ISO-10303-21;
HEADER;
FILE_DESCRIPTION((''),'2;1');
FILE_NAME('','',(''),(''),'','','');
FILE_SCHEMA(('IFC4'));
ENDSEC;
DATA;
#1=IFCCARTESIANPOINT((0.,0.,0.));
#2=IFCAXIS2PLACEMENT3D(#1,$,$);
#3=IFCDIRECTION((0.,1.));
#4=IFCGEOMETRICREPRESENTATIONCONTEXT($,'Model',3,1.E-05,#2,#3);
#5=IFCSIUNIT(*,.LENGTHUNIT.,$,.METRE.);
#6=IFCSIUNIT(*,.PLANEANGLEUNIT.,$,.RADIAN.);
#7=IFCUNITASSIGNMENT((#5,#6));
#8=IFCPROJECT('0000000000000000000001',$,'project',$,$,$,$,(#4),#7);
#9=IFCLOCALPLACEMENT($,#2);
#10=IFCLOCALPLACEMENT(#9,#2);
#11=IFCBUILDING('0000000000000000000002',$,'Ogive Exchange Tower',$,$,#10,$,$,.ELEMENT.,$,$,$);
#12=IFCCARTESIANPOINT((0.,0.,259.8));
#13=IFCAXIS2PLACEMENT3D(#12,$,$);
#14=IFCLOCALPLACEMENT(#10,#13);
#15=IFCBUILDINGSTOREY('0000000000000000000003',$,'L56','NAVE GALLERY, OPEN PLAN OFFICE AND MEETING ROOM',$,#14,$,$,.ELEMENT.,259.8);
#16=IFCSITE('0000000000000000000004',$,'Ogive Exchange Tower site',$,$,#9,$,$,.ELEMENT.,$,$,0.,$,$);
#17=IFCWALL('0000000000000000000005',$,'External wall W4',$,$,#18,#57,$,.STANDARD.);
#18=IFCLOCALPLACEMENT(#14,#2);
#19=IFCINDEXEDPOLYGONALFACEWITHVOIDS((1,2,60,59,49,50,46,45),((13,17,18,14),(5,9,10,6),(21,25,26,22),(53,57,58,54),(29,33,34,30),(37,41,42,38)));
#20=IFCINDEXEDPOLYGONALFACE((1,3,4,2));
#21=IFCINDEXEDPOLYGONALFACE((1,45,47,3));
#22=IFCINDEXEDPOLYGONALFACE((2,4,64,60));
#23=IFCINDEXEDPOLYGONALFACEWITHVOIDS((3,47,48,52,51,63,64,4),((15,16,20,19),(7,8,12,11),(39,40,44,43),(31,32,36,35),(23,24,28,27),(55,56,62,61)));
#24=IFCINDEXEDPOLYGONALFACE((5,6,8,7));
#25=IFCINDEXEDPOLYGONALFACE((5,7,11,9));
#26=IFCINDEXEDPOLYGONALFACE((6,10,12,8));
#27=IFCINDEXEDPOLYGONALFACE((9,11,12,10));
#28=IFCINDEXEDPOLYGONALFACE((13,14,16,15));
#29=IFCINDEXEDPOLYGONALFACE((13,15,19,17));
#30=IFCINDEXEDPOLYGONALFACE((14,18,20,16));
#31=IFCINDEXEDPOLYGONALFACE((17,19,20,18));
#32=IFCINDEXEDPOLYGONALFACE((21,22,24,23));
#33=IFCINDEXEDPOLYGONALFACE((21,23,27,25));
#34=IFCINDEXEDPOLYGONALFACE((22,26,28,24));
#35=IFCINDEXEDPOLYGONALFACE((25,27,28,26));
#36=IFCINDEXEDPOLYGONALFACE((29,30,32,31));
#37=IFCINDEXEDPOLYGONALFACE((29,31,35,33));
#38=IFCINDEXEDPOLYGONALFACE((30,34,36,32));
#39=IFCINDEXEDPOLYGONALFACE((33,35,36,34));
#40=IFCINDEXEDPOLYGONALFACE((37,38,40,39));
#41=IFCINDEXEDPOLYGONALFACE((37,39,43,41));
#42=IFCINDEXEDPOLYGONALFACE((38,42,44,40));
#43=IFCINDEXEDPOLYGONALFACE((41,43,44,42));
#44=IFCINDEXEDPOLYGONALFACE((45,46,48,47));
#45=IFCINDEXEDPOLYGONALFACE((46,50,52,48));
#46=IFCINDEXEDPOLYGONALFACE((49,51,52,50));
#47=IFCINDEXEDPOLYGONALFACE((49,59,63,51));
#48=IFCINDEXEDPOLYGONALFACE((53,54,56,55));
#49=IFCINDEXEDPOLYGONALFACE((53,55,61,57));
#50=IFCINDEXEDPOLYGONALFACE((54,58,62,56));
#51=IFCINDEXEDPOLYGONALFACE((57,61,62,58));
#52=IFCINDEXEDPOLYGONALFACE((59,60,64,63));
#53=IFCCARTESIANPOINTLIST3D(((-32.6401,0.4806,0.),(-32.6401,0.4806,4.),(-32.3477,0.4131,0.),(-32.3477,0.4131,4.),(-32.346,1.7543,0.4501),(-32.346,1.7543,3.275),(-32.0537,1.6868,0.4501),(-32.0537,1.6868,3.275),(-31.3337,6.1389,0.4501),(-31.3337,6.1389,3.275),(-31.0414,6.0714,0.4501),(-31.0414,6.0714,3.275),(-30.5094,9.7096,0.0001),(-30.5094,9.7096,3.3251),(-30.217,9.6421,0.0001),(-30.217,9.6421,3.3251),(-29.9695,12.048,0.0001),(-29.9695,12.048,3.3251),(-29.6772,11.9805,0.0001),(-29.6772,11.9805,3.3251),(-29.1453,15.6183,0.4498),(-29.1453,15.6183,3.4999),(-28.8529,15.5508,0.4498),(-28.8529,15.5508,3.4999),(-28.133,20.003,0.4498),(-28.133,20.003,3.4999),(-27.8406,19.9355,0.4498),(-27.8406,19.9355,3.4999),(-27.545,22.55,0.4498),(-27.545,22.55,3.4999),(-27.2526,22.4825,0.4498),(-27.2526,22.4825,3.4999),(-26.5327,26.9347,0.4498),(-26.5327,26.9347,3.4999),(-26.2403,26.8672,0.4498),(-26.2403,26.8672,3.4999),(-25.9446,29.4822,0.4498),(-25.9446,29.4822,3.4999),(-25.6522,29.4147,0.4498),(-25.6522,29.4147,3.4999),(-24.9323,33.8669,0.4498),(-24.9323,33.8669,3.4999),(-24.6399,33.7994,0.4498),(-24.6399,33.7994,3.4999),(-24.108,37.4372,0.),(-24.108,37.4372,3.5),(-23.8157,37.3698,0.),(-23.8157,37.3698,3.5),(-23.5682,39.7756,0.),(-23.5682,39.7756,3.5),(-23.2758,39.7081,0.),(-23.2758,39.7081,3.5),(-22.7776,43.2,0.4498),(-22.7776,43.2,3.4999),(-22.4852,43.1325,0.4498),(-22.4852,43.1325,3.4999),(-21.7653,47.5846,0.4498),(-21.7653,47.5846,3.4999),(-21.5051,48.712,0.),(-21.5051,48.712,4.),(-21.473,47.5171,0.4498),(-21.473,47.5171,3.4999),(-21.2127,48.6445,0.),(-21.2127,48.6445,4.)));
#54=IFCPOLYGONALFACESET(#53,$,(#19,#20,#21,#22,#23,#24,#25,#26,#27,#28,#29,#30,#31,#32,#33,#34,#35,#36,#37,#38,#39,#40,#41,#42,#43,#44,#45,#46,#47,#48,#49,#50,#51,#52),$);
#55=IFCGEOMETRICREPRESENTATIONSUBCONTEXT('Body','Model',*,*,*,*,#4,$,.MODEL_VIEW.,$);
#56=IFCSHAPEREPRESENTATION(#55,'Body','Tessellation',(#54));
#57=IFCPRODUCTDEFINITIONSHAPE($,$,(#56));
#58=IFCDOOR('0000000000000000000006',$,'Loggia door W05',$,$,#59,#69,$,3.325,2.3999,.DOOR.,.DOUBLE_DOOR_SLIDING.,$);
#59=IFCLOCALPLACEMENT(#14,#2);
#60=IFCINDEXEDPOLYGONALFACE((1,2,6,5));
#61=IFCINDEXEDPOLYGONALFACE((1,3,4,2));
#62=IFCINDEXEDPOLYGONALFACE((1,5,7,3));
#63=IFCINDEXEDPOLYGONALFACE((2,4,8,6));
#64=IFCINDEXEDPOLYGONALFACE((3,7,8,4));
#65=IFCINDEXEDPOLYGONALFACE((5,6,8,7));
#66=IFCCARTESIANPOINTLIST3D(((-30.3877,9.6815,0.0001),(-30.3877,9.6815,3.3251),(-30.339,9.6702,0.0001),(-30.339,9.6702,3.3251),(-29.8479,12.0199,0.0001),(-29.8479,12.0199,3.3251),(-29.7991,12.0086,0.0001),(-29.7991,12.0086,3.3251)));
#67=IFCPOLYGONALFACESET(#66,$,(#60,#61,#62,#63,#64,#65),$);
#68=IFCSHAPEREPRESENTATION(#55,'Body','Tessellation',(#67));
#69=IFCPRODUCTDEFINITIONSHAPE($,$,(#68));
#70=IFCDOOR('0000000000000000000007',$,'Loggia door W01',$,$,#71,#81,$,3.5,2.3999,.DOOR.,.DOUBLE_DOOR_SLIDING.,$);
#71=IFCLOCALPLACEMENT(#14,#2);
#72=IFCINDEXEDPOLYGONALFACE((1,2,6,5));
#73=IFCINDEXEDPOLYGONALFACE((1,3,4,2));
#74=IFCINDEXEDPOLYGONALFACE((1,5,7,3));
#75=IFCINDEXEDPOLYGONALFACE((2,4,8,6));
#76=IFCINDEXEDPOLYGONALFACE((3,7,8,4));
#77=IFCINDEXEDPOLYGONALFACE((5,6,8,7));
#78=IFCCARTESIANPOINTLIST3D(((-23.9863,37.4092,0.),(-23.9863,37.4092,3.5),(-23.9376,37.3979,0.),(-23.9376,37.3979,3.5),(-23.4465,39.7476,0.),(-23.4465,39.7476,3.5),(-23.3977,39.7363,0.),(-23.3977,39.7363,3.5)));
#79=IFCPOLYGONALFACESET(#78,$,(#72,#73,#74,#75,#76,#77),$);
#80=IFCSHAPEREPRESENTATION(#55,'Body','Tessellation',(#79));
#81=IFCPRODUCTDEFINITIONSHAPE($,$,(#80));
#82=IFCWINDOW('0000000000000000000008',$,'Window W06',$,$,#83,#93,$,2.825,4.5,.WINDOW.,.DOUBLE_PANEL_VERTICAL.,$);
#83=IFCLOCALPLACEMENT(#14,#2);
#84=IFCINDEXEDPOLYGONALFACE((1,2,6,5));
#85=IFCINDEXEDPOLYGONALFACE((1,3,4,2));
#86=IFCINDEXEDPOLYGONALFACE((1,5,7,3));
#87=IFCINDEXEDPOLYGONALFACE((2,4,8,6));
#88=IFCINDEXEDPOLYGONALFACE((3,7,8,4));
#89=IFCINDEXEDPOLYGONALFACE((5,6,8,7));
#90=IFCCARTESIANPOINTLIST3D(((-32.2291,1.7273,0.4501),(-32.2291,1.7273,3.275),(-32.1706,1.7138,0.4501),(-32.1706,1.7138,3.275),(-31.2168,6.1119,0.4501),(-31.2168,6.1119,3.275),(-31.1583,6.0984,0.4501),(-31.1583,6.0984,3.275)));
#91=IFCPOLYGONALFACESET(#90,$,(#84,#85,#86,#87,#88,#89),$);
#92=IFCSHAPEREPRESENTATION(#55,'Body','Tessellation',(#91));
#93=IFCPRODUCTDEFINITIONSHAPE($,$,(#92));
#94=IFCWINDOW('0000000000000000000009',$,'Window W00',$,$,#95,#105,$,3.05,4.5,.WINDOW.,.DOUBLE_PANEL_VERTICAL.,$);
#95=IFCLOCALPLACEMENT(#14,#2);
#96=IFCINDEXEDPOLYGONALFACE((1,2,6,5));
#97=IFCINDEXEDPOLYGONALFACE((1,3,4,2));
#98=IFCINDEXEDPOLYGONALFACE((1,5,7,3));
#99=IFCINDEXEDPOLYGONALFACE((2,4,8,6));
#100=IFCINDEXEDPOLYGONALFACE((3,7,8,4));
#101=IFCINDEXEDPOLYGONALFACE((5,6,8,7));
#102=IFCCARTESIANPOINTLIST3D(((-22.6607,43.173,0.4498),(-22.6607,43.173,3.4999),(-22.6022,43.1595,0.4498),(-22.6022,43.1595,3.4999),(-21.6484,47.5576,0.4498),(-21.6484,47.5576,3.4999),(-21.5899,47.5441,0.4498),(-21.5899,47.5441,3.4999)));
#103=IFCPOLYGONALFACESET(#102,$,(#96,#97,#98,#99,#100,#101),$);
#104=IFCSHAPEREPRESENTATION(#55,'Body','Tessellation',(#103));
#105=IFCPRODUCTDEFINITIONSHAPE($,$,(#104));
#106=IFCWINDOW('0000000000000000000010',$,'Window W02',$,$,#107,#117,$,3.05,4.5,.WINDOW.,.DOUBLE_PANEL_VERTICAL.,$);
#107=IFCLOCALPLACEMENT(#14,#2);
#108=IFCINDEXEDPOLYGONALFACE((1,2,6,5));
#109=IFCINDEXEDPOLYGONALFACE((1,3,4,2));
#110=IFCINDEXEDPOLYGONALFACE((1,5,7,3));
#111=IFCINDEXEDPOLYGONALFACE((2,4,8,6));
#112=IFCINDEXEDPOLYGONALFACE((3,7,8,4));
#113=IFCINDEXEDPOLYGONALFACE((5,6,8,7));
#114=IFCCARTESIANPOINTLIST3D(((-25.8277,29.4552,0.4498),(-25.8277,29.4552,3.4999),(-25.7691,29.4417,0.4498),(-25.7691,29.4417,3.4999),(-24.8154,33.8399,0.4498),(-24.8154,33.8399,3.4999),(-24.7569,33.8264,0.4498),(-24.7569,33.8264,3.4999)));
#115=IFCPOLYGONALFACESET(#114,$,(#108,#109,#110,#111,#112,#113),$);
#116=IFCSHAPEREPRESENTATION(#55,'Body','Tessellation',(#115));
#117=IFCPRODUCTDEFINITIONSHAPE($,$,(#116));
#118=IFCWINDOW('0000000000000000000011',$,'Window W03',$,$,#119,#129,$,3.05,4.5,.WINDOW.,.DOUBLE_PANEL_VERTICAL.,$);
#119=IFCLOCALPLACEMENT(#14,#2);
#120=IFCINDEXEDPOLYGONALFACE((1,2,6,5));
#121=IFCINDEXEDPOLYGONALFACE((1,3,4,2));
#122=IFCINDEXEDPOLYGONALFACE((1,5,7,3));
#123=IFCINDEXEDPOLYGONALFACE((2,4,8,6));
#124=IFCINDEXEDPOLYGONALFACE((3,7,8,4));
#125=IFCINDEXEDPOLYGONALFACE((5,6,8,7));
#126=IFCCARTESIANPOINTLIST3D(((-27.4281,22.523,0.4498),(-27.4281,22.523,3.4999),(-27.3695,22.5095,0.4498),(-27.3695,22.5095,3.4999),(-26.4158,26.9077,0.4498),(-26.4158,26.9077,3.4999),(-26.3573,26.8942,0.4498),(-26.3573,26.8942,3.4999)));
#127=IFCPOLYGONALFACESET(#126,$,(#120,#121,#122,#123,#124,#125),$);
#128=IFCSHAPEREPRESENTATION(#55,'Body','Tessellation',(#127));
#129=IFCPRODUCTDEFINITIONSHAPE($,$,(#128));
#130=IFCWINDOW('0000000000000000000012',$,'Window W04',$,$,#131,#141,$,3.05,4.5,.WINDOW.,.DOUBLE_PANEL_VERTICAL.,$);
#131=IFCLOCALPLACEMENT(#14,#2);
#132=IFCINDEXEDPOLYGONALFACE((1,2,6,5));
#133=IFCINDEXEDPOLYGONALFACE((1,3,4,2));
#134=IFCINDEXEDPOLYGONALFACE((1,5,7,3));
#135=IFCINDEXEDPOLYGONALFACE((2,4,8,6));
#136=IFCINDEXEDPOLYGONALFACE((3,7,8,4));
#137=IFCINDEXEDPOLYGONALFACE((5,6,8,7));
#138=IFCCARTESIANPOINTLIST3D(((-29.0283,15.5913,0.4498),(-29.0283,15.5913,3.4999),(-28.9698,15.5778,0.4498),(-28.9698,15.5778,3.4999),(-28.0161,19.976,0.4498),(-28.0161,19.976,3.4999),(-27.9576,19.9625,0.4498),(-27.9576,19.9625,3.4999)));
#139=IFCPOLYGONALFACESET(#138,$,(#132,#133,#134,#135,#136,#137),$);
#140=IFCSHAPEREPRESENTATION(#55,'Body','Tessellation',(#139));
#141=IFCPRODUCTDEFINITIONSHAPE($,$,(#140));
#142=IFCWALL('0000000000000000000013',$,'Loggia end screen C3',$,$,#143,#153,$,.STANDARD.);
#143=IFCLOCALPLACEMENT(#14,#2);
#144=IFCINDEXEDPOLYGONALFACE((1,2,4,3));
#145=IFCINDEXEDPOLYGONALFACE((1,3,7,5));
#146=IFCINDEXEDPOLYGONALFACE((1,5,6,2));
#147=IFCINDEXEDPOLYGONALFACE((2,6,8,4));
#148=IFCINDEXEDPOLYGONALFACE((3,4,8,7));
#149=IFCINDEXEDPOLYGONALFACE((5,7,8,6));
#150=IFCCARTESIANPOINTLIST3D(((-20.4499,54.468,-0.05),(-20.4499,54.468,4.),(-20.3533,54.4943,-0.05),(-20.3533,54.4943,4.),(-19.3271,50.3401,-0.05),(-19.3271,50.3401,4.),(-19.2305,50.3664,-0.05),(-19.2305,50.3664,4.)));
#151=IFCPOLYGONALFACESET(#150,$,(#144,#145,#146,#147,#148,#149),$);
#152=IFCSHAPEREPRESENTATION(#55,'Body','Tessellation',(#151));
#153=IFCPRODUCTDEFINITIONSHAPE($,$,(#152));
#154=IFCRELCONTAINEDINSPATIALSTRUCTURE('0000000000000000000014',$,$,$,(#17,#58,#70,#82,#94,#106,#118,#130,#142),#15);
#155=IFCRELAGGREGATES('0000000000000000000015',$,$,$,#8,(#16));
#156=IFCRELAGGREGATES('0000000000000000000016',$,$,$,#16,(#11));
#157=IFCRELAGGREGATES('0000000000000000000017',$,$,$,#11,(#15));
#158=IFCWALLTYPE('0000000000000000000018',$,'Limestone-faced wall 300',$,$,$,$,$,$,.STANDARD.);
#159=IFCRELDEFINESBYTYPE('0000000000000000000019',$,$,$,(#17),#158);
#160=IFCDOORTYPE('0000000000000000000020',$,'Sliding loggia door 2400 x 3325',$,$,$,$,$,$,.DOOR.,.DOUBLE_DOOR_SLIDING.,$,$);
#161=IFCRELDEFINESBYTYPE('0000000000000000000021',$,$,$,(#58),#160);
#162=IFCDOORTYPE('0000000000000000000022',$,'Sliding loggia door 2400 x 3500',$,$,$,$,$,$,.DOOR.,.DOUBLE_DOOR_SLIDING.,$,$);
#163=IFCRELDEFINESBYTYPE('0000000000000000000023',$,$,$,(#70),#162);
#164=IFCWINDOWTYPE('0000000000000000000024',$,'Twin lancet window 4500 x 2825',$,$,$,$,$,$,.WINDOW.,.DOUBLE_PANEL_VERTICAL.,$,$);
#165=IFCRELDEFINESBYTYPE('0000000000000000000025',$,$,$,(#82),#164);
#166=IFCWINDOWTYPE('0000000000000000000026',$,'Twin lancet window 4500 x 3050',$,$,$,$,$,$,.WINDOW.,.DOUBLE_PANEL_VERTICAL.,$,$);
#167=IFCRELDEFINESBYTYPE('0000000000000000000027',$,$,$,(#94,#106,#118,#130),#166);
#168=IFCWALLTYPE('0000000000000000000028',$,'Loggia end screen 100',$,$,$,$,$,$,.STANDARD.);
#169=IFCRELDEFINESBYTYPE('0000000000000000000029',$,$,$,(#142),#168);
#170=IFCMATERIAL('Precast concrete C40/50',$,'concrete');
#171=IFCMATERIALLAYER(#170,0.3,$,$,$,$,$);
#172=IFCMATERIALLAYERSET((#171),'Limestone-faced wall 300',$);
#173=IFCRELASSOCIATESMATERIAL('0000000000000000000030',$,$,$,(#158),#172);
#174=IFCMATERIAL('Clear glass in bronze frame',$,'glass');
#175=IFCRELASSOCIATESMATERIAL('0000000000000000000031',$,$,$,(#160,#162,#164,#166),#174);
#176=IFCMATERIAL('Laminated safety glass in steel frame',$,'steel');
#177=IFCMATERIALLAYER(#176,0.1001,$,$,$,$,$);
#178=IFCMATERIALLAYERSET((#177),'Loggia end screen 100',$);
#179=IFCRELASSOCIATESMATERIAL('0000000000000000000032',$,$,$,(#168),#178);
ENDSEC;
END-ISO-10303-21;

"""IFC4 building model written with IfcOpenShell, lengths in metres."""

from ifc_helpers import new_model, si_unit, direction, frame, frame_2d, origin, place, context, subcontext, project, spatial, rectangle, extrude, material, layer, layer_set, type_object, element, fill, save


model = new_model("IFC4")

# Units and contexts
model_context = context("Model", 3, precision=1e-05, world=origin(), true_north=direction((0.0, 1.0)))
body_context = subcontext(model_context, "Body", "Model", "MODEL_VIEW")
ifc_project = project(units=[si_unit("LENGTHUNIT", "METRE"), si_unit("PLANEANGLEUNIT", "RADIAN")], contexts=[model_context])

# Site, building, storey
site_placement = place(None, origin())
site = spatial("IfcSite", under=ifc_project, at=site_placement, Name="Ogive Exchange Tower site", CompositionType="ELEMENT", RefElevation=0.0)
building_placement = place(site_placement, origin())
building = spatial("IfcBuilding", under=site, at=building_placement, Name="Ogive Exchange Tower", CompositionType="ELEMENT")
storey_placement = place(building_placement, frame((0.0, 0.0, 259.8)))
storey = spatial("IfcBuildingStorey", under=building, at=storey_placement, Name="L56", Description="NAVE GALLERY, OPEN PLAN OFFICE AND MEETING ROOM", CompositionType="ELEMENT", Elevation=259.8)

# Wall, openings, doors, windows
ifc_material_1 = material(Name="Precast concrete C40/50", Category="concrete")
ifc_layer_1 = layer(ifc_material_1, 0.3)
ifc_layer_set_1 = layer_set([ifc_layer_1], Name="Limestone-faced wall 300")
wall_type_1 = type_object("IfcWallType", Name="Limestone-faced wall 300", PredefinedType="STANDARD", material=ifc_layer_set_1)
wall_1_placement = place(storey_placement, frame((-21.3589, 48.6782, 0.0), z_axis=(0.0, 0.0, 1.0), x_axis=(-0.224949, -0.97437, 0.0)))
wall_1 = element("IfcWall", 1, at=wall_1_placement, inside=storey, type_object=wall_type_1, Name="External wall W4", PredefinedType="STANDARD", context=body_context, shape_type="SweptSolid", body=[
    extrude(rectangle(XDim=49.5, YDim=0.3, at=frame_2d((24.75, 0.0))), origin(), (0.0, 0.0, 1.0), 4.0),
])
opening_1_placement = place(wall_1_placement, frame((1.157, 0.0, 0.45)))
opening_1 = element("IfcOpeningElement", 2, at=opening_1_placement, cuts=wall_1, PredefinedType="OPENING", context=body_context, shape_type="SweptSolid", body=[
    extrude(rectangle(XDim=4.5, YDim=3.05, at=frame_2d((2.25, 1.5249))), frame((0.0, 0.1599, 0.0), z_axis=(0.0, -1.0, 0.0), x_axis=(1.0, 0.0, 0.0)), (0.0, 0.0, 1.0), 0.3201),
])
opening_2_placement = place(wall_1_placement, frame((9.1714, 0.0, 0.0)))
opening_2 = element("IfcOpeningElement", 3, at=opening_2_placement, cuts=wall_1, PredefinedType="OPENING", context=body_context, shape_type="SweptSolid", body=[
    extrude(rectangle(XDim=2.3999, YDim=3.5, at=frame_2d((1.2, 1.75))), frame((0.0, 0.1599, 0.0), z_axis=(0.0, -1.0, 0.0), x_axis=(1.0, 0.0, 0.0)), (0.0, 0.0, 1.0), 0.3201),
])
opening_3_placement = place(wall_1_placement, frame((15.2356, 0.0, 0.45)))
opening_3 = element("IfcOpeningElement", 4, at=opening_3_placement, cuts=wall_1, PredefinedType="OPENING", context=body_context, shape_type="SweptSolid", body=[
    extrude(rectangle(XDim=4.5, YDim=3.05, at=frame_2d((2.25, 1.5249))), frame((0.0, 0.1599, 0.0), z_axis=(0.0, -1.0, 0.0), x_axis=(1.0, 0.0, 0.0)), (0.0, 0.0, 1.0), 0.3201),
])
opening_4_placement = place(wall_1_placement, frame((22.3501, 0.0, 0.45)))
opening_4 = element("IfcOpeningElement", 5, at=opening_4_placement, cuts=wall_1, PredefinedType="OPENING", context=body_context, shape_type="SweptSolid", body=[
    extrude(rectangle(XDim=4.5, YDim=3.05, at=frame_2d((2.25, 1.5249))), frame((0.0, 0.1599, 0.0), z_axis=(0.0, -1.0, 0.0), x_axis=(1.0, 0.0, 0.0)), (0.0, 0.0, 1.0), 0.3201),
])
opening_5_placement = place(wall_1_placement, frame((29.4641, 0.0, 0.45)))
opening_5 = element("IfcOpeningElement", 6, at=opening_5_placement, cuts=wall_1, PredefinedType="OPENING", context=body_context, shape_type="SweptSolid", body=[
    extrude(rectangle(XDim=4.5, YDim=3.05, at=frame_2d((2.25, 1.5249))), frame((0.0, 0.1599, 0.0), z_axis=(0.0, -1.0, 0.0), x_axis=(1.0, 0.0, 0.0)), (0.0, 0.0, 1.0), 0.3201),
])
opening_6_placement = place(wall_1_placement, frame((37.6284, 0.0, 0.0)))
opening_6 = element("IfcOpeningElement", 7, at=opening_6_placement, cuts=wall_1, PredefinedType="OPENING", context=body_context, shape_type="SweptSolid", body=[
    extrude(rectangle(XDim=2.3999, YDim=3.325, at=frame_2d((1.2, 1.6626))), frame((0.0, 0.1599, 0.0), z_axis=(0.0, -1.0, 0.0), x_axis=(1.0, 0.0, 0.0)), (0.0, 0.0, 1.0), 0.3201),
])
opening_7_placement = place(wall_1_placement, frame((43.6929, 0.0, 0.45)))
opening_7 = element("IfcOpeningElement", 8, at=opening_7_placement, cuts=wall_1, PredefinedType="OPENING", context=body_context, shape_type="SweptSolid", body=[
    extrude(rectangle(XDim=4.5, YDim=2.825, at=frame_2d((2.25, 1.4126))), frame((0.0, 0.1599, 0.0), z_axis=(0.0, -1.0, 0.0), x_axis=(1.0, 0.0, 0.0)), (0.0, 0.0, 1.0), 0.3201),
])
ifc_material_2 = material(Name="Clear glass in bronze frame", Category="glass")
door_type_1 = type_object("IfcDoorType", Name="Sliding loggia door 2400 x 3325", OperationType="DOUBLE_DOOR_SLIDING", PredefinedType="DOOR", material=ifc_material_2)
door_1_placement = place(opening_6_placement, origin())
door_1 = element("IfcDoor", 9, at=door_1_placement, inside=storey, type_object=door_type_1, Name="Loggia door W05", OperationType="DOUBLE_DOOR_SLIDING", OverallHeight=3.325, OverallWidth=2.3999, PredefinedType="DOOR", context=body_context, shape_type="SweptSolid", body=[
    extrude(rectangle(XDim=2.3999, YDim=3.325, at=frame_2d((1.2, 1.6626))), frame((0.0, 0.0249, 0.0), z_axis=(0.0, -1.0, 0.0), x_axis=(1.0, 0.0, 0.0)), (0.0, 0.0, 1.0), 0.05),
])
fill(opening_6, door_1)
door_type_2 = type_object("IfcDoorType", Name="Sliding loggia door 2400 x 3500", OperationType="DOUBLE_DOOR_SLIDING", PredefinedType="DOOR", material=ifc_material_2)
door_2_placement = place(opening_2_placement, origin())
door_2 = element("IfcDoor", 10, at=door_2_placement, inside=storey, type_object=door_type_2, Name="Loggia door W01", OperationType="DOUBLE_DOOR_SLIDING", OverallHeight=3.5, OverallWidth=2.3999, PredefinedType="DOOR", context=body_context, shape_type="SweptSolid", body=[
    extrude(rectangle(XDim=2.3999, YDim=3.5, at=frame_2d((1.2, 1.75))), frame((0.0, 0.0249, 0.0), z_axis=(0.0, -1.0, 0.0), x_axis=(1.0, 0.0, 0.0)), (0.0, 0.0, 1.0), 0.05),
])
fill(opening_2, door_2)
window_type_1 = type_object("IfcWindowType", Name="Twin lancet window 4500 x 2825", PartitioningType="DOUBLE_PANEL_VERTICAL", PredefinedType="WINDOW", material=ifc_material_2)
window_1_placement = place(opening_7_placement, origin())
window_1 = element("IfcWindow", 11, at=window_1_placement, inside=storey, type_object=window_type_1, Name="Window W06", OverallHeight=2.825, OverallWidth=4.5, PartitioningType="DOUBLE_PANEL_VERTICAL", PredefinedType="WINDOW", context=body_context, shape_type="SweptSolid", body=[
    extrude(rectangle(XDim=4.5, YDim=2.825, at=frame_2d((2.25, 1.4126))), frame((0.0, 0.03, 0.0), z_axis=(0.0, -1.0, 0.0), x_axis=(1.0, 0.0, 0.0)), (0.0, 0.0, 1.0), 0.0601),
])
fill(opening_7, window_1)
window_type_2 = type_object("IfcWindowType", Name="Twin lancet window 4500 x 3050", PartitioningType="DOUBLE_PANEL_VERTICAL", PredefinedType="WINDOW", material=ifc_material_2)
window_2_placement = place(opening_1_placement, origin())
window_2 = element("IfcWindow", 12, at=window_2_placement, inside=storey, type_object=window_type_2, Name="Window W00", OverallHeight=3.05, OverallWidth=4.5, PartitioningType="DOUBLE_PANEL_VERTICAL", PredefinedType="WINDOW", context=body_context, shape_type="SweptSolid", body=[
    extrude(rectangle(XDim=4.5, YDim=3.05, at=frame_2d((2.25, 1.5249))), frame((0.0, 0.03, 0.0), z_axis=(0.0, -1.0, 0.0), x_axis=(1.0, 0.0, 0.0)), (0.0, 0.0, 1.0), 0.0601),
])
fill(opening_1, window_2)
window_3_placement = place(opening_3_placement, origin())
window_3 = element("IfcWindow", 13, at=window_3_placement, inside=storey, type_object=window_type_2, Name="Window W02", OverallHeight=3.05, OverallWidth=4.5, PartitioningType="DOUBLE_PANEL_VERTICAL", PredefinedType="WINDOW", context=body_context, shape_type="SweptSolid", body=[
    extrude(rectangle(XDim=4.5, YDim=3.05, at=frame_2d((2.25, 1.5249))), frame((0.0, 0.03, 0.0), z_axis=(0.0, -1.0, 0.0), x_axis=(1.0, 0.0, 0.0)), (0.0, 0.0, 1.0), 0.0601),
])
fill(opening_3, window_3)
window_4_placement = place(opening_4_placement, origin())
window_4 = element("IfcWindow", 14, at=window_4_placement, inside=storey, type_object=window_type_2, Name="Window W03", OverallHeight=3.05, OverallWidth=4.5, PartitioningType="DOUBLE_PANEL_VERTICAL", PredefinedType="WINDOW", context=body_context, shape_type="SweptSolid", body=[
    extrude(rectangle(XDim=4.5, YDim=3.05, at=frame_2d((2.25, 1.5249))), frame((0.0, 0.03, 0.0), z_axis=(0.0, -1.0, 0.0), x_axis=(1.0, 0.0, 0.0)), (0.0, 0.0, 1.0), 0.0601),
])
fill(opening_4, window_4)
window_5_placement = place(opening_5_placement, origin())
window_5 = element("IfcWindow", 15, at=window_5_placement, inside=storey, type_object=window_type_2, Name="Window W04", OverallHeight=3.05, OverallWidth=4.5, PartitioningType="DOUBLE_PANEL_VERTICAL", PredefinedType="WINDOW", context=body_context, shape_type="SweptSolid", body=[
    extrude(rectangle(XDim=4.5, YDim=3.05, at=frame_2d((2.25, 1.5249))), frame((0.0, 0.03, 0.0), z_axis=(0.0, -1.0, 0.0), x_axis=(1.0, 0.0, 0.0)), (0.0, 0.0, 1.0), 0.0601),
])
fill(opening_5, window_5)

# Wall
ifc_material_3 = material(Name="Laminated safety glass in steel frame", Category="steel")
ifc_layer_2 = layer(ifc_material_3, 0.1001)
ifc_layer_set_2 = layer_set([ifc_layer_2], Name="Loggia end screen 100")
wall_type_2 = type_object("IfcWallType", Name="Loggia end screen 100", PredefinedType="STANDARD", material=ifc_layer_set_2)
wall_2_placement = place(storey_placement, frame((-19.2788, 50.3533, -0.05), z_axis=(0.0, 0.0, 1.0), x_axis=(-0.262465, 0.964941, 0.0)))
element("IfcWall", 16, at=wall_2_placement, inside=storey, type_object=wall_type_2, Name="Loggia end screen C3", PredefinedType="STANDARD", context=body_context, shape_type="SweptSolid", body=[
    extrude(rectangle(XDim=4.2778, YDim=0.1001, at=frame_2d((2.1389, 0.0))), origin(), (0.0, 0.0, 1.0), 4.05),
])

save(model, "model.ifc")
